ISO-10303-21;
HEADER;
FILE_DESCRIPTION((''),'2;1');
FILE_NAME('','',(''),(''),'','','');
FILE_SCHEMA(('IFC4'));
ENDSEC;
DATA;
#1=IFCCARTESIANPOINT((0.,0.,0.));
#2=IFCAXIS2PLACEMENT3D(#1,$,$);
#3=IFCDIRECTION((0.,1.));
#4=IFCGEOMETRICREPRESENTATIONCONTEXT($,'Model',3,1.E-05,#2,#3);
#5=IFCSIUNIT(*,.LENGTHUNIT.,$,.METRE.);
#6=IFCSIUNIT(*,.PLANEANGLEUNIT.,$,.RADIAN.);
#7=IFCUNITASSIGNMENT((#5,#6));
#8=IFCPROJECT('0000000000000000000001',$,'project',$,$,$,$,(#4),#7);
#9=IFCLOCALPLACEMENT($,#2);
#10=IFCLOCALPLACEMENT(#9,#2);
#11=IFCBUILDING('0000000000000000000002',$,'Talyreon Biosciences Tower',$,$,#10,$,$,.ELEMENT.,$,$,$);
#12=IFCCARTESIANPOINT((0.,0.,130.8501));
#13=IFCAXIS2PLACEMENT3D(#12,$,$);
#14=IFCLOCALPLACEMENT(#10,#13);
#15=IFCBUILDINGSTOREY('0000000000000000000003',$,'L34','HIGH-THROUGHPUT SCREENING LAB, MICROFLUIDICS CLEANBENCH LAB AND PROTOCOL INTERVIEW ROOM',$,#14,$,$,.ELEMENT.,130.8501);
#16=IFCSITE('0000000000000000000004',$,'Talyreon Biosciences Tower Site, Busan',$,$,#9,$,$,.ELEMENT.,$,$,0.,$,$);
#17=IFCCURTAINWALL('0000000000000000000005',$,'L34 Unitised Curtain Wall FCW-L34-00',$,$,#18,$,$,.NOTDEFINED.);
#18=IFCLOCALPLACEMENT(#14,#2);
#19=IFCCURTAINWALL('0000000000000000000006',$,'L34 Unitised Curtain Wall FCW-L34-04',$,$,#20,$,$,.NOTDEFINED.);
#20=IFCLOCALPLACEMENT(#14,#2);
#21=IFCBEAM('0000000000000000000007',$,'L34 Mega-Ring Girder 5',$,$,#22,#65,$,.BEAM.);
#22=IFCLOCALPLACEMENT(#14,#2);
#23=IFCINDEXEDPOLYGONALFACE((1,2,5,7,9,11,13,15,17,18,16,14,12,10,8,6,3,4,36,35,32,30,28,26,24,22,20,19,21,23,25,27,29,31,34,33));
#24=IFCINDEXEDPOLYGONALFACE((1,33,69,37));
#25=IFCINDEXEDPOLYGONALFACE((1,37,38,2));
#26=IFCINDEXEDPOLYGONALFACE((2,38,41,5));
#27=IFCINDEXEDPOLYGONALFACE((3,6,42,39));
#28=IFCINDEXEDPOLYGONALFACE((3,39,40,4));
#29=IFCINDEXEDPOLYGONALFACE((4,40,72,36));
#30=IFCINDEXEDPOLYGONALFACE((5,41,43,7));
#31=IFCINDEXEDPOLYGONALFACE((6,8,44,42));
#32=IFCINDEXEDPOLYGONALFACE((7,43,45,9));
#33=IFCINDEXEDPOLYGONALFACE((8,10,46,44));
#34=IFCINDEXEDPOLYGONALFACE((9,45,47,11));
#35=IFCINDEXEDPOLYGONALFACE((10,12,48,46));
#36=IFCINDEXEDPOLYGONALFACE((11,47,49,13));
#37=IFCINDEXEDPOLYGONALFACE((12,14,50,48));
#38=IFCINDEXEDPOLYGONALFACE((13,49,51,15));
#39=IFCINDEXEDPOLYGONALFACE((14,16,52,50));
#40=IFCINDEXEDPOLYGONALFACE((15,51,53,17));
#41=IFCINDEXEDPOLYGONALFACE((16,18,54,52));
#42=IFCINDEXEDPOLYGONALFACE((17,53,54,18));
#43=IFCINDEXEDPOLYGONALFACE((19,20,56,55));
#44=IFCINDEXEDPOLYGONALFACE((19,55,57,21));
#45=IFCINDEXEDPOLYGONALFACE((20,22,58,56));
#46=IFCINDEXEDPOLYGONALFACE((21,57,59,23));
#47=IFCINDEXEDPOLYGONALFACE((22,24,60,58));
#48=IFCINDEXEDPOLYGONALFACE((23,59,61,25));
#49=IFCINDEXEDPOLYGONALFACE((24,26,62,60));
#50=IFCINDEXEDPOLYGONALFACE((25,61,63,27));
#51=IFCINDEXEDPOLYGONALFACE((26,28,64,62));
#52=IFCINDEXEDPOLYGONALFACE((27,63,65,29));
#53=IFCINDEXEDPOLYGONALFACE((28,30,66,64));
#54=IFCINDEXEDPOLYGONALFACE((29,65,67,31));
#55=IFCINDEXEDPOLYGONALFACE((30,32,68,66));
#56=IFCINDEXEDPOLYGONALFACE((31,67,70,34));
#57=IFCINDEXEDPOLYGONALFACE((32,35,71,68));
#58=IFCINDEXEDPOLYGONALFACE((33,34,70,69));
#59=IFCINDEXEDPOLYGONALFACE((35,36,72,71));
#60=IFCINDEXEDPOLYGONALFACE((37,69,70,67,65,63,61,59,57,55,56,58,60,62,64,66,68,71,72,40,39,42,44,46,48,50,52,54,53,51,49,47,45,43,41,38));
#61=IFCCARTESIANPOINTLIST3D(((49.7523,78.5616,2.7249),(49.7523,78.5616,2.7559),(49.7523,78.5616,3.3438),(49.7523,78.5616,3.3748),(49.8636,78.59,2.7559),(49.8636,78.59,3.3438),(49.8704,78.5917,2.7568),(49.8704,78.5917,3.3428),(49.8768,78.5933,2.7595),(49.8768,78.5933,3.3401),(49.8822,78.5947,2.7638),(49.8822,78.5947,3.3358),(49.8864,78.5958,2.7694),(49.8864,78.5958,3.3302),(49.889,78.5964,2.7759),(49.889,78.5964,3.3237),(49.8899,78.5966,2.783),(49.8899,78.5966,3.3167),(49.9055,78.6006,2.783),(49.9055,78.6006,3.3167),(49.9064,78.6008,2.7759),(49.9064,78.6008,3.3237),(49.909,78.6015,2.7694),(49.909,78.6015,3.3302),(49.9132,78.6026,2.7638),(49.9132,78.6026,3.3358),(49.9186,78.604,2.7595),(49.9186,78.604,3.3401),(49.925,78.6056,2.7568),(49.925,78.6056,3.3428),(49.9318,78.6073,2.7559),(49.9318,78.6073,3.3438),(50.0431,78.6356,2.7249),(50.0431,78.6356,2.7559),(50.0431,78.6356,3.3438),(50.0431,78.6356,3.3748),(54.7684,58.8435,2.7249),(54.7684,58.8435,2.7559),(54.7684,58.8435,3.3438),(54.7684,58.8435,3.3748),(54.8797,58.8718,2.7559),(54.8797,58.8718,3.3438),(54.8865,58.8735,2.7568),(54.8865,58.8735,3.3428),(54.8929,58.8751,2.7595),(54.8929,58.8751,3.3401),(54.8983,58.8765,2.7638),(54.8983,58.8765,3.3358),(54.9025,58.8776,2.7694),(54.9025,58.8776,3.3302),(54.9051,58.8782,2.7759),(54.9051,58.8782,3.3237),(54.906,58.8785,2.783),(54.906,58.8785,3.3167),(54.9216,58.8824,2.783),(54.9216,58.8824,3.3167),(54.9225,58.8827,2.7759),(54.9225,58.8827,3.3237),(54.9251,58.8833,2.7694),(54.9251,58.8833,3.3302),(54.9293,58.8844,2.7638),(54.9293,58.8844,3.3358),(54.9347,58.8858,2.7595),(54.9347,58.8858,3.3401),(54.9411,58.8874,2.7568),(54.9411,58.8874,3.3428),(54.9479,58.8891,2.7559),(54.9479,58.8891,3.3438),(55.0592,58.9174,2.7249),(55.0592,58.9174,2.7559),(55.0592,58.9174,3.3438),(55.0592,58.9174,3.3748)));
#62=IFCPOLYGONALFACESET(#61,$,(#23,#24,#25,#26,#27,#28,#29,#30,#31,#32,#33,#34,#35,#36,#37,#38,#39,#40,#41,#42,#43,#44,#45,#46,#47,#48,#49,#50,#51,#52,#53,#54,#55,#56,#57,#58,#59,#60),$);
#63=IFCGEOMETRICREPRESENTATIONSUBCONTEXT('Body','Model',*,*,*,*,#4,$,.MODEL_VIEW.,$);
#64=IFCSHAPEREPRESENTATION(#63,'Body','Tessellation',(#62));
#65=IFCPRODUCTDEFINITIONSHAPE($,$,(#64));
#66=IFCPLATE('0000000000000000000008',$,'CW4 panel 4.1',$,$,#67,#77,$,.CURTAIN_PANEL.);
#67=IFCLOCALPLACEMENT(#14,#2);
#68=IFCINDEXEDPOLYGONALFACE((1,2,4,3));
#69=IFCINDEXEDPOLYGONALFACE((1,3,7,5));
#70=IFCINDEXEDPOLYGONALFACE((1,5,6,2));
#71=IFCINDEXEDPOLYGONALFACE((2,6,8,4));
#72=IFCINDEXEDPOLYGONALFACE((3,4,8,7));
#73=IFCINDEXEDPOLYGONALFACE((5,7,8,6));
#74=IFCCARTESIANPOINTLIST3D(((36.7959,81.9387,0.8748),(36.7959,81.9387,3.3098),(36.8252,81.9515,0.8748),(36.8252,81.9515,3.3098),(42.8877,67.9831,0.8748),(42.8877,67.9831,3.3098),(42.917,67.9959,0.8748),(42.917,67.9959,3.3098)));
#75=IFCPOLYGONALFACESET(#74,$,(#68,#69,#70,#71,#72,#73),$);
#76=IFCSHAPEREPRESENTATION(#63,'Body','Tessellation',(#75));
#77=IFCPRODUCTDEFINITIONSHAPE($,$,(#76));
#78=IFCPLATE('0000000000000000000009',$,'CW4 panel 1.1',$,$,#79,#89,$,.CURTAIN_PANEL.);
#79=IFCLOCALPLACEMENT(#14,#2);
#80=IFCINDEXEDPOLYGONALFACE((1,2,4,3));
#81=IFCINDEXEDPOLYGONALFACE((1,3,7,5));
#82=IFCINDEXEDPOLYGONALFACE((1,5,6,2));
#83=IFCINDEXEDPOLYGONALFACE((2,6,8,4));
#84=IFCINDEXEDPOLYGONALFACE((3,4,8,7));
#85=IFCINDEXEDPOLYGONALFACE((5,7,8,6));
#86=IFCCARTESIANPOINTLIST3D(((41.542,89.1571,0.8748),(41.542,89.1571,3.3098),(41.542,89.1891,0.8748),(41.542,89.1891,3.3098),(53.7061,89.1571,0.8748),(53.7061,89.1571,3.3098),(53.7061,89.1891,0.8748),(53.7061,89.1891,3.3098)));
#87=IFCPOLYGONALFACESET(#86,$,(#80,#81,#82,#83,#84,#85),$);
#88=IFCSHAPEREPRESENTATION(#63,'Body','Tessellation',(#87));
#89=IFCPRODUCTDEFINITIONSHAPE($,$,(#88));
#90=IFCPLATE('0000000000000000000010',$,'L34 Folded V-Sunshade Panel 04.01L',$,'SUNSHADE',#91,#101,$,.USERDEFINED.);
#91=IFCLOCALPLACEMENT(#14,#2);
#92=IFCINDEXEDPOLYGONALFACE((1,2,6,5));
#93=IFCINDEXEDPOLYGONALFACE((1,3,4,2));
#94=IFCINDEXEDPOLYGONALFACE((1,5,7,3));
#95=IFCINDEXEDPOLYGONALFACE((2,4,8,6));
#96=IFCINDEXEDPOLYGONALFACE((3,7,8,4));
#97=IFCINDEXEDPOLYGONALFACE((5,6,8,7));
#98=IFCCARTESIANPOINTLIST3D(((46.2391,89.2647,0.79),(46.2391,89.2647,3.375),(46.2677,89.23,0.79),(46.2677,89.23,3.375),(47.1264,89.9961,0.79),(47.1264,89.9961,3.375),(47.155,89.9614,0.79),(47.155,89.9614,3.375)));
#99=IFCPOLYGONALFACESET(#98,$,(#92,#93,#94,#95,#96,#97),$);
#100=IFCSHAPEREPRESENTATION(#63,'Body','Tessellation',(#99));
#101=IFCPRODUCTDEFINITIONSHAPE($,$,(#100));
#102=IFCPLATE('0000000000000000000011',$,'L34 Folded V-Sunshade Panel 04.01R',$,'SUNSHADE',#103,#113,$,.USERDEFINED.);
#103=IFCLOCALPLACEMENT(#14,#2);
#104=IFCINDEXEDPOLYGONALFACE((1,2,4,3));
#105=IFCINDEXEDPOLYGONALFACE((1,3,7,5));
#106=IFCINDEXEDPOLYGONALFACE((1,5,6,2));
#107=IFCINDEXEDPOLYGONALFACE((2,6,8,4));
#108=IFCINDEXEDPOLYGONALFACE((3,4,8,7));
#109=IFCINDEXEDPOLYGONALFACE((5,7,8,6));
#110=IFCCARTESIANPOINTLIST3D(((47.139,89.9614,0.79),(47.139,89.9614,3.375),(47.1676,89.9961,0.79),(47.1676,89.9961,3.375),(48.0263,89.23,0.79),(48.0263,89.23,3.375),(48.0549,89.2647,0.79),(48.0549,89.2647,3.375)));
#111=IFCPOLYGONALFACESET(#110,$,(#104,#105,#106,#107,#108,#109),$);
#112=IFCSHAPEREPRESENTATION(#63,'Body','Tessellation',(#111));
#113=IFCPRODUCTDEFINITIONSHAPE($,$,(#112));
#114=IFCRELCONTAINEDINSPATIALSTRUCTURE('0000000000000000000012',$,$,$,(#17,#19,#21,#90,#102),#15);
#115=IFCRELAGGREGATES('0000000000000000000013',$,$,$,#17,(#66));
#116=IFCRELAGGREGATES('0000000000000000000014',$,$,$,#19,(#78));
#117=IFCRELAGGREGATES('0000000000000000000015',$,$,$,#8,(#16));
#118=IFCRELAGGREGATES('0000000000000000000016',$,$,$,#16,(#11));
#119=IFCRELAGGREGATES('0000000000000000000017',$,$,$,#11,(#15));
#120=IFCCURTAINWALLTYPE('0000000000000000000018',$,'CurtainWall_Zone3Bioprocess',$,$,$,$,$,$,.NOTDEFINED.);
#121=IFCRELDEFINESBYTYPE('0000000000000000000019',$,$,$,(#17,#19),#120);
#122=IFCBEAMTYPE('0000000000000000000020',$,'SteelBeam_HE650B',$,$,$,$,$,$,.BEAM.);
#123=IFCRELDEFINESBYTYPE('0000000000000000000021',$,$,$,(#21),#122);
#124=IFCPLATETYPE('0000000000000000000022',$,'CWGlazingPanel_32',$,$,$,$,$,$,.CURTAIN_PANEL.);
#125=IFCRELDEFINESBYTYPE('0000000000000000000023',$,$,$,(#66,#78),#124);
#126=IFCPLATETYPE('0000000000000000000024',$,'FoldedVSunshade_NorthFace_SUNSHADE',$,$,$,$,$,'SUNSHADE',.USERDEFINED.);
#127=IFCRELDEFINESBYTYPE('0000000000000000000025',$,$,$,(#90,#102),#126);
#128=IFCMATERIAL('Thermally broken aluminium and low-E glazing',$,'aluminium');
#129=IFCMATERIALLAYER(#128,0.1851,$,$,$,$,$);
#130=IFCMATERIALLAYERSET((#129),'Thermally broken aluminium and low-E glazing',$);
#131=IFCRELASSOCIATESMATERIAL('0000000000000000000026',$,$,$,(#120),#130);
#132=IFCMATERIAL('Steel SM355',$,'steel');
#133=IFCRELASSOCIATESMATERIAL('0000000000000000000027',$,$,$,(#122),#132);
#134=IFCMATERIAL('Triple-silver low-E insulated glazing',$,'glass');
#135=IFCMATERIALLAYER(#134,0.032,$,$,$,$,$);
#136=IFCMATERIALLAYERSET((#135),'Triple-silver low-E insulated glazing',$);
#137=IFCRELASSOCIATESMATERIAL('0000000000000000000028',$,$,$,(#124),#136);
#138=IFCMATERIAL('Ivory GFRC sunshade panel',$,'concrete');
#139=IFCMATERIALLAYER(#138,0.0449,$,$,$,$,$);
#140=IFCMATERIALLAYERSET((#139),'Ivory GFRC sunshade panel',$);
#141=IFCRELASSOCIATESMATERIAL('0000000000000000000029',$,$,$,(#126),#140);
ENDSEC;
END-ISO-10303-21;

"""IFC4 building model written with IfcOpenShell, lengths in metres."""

from ifc_helpers import new_model, si_unit, direction, frame, origin, origin_2d, place, context, subcontext, project, spatial, rectangle, i_section, extrude, material, layer, layer_set, material_profile, profile_set, type_object, element, aggregate, save


model = new_model("IFC4")

# Units and contexts
model_context = context("Model", 3, precision=1e-05, world=origin(), true_north=direction((0.0, 1.0)))
body_context = subcontext(model_context, "Body", "Model", "MODEL_VIEW")
ifc_project = project(units=[si_unit("LENGTHUNIT", "METRE"), si_unit("PLANEANGLEUNIT", "RADIAN")], contexts=[model_context])

# Site, building, storey
site_placement = place(None, origin())
site = spatial("IfcSite", under=ifc_project, at=site_placement, Name="Talyreon Biosciences Tower Site, Busan", CompositionType="ELEMENT", RefElevation=0.0)
building_placement = place(site_placement, origin())
building = spatial("IfcBuilding", under=site, at=building_placement, Name="Talyreon Biosciences Tower", CompositionType="ELEMENT")
storey_placement = place(building_placement, frame((0.0, 0.0, 130.8501)))
storey = spatial("IfcBuildingStorey", under=building, at=storey_placement, Name="L34", Description="HIGH-THROUGHPUT SCREENING LAB, MICROFLUIDICS CLEANBENCH LAB AND PROTOCOL INTERVIEW ROOM", CompositionType="ELEMENT", Elevation=130.8501)

# Curtain wall
ifc_material_1 = material(Name="Thermally broken aluminium and low-E glazing", Category="aluminium")
ifc_layer_1 = layer(ifc_material_1, 0.1851)
ifc_layer_set_1 = layer_set([ifc_layer_1], Name="Thermally broken aluminium and low-E glazing")
curtain_wall_type = type_object("IfcCurtainWallType", Name="CurtainWall_Zone3Bioprocess", PredefinedType="NOTDEFINED", material=ifc_layer_set_1)
curtain_wall_1_placement = place(storey_placement, origin())
curtain_wall_1 = element("IfcCurtainWall", 1, at=curtain_wall_1_placement, inside=storey, type_object=curtain_wall_type, Name="L34 Unitised Curtain Wall FCW-L34-00", PredefinedType="NOTDEFINED")

# Curtain wall
curtain_wall_2_placement = place(storey_placement, origin())
curtain_wall_2 = element("IfcCurtainWall", 2, at=curtain_wall_2_placement, inside=storey, type_object=curtain_wall_type, Name="L34 Unitised Curtain Wall FCW-L34-04", PredefinedType="NOTDEFINED")

# Beam
ifc_material_2 = material(Name="Steel SM355", Category="steel")
ifc_material_profile_1 = material_profile(ifc_material_2, i_section(OverallWidth=0.3, OverallDepth=0.6499, WebThickness=0.0161, FlangeThickness=0.031, FilletRadius=0.0271, at=origin_2d()), Name="HE650B")
ifc_profile_set_1 = profile_set([ifc_material_profile_1], Name="Steel SM355")
beam_type_1 = type_object("IfcBeamType", Name="SteelBeam_HE650B", PredefinedType="BEAM", material=ifc_profile_set_1)
beam_1_placement = place(storey_placement, frame((49.8977, 78.5986, 3.0498), z_axis=(0.246537, -0.969133, 0.0), x_axis=(0.969133, 0.246537, 0.0)))
element("IfcBeam", 3, at=beam_1_placement, inside=storey, type_object=beam_type_1, Name="L34 Mega-Ring Girder 5", PredefinedType="BEAM", context=body_context, shape_type="SweptSolid", body=[
    extrude(i_section(OverallWidth=0.3, OverallDepth=0.6499, WebThickness=0.0161, FlangeThickness=0.031, FilletRadius=0.0271, at=origin_2d()), origin(), (0.0, 0.0, 1.0), 20.3462),
])

# Plates
ifc_material_3 = material(Name="Triple-silver low-E insulated glazing", Category="glass")
ifc_layer_2 = layer(ifc_material_3, 0.032)
ifc_layer_set_2 = layer_set([ifc_layer_2], Name="Triple-silver low-E insulated glazing")
plate_type_1 = type_object("IfcPlateType", Name="CWGlazingPanel_32", PredefinedType="CURTAIN_PANEL", material=ifc_layer_set_2)
plate_1_placement = place(storey_placement, frame((39.8564, 74.9673, 0.8748), z_axis=(0.0, 0.0, 1.0), x_axis=(-0.400058, 0.91649, 0.0)))
plate_1 = element("IfcPlate", 4, at=plate_1_placement, type_object=plate_type_1, Name="CW4 panel 4.1", PredefinedType="CURTAIN_PANEL", context=body_context, shape_type="SweptSolid", body=[
    extrude(rectangle(XDim=15.2273, YDim=0.032, at=origin_2d()), origin(), (0.0, 0.0, 1.0), 2.4351),
])
aggregate(curtain_wall_1, [plate_1])
plate_2_placement = place(storey_placement, frame((47.624, 89.1731, 0.8748), z_axis=(0.0, 0.0, 1.0), x_axis=(1.0, 0.0, 0.0)))
plate_2 = element("IfcPlate", 5, at=plate_2_placement, type_object=plate_type_1, Name="CW4 panel 1.1", PredefinedType="CURTAIN_PANEL", context=body_context, shape_type="SweptSolid", body=[
    extrude(rectangle(XDim=12.1641, YDim=0.032, at=origin_2d()), origin(), (0.0, 0.0, 1.0), 2.4351),
])
aggregate(curtain_wall_2, [plate_2])

# Plates
ifc_material_4 = material(Name="Ivory GFRC sunshade panel", Category="concrete")
ifc_layer_3 = layer(ifc_material_4, 0.0449)
ifc_layer_set_3 = layer_set([ifc_layer_3], Name="Ivory GFRC sunshade panel")
plate_type_2 = type_object("IfcPlateType", Name="FoldedVSunshade_NorthFace_SUNSHADE", ElementType="SUNSHADE", PredefinedType="USERDEFINED", material=ifc_layer_set_3)
for number, where, z_axis, x_axis, name in (
    (6, (46.697, 89.613, 0.79), (0.0, 0.0, 1.0), (0.771625, 0.636078, 0.0), "L34 Folded V-Sunshade Panel 04.01L"),
    (7, (47.5969, 89.613, 0.79), (0.0, 0.0, 1.0), (0.771625, -0.636078, 0.0), "L34 Folded V-Sunshade Panel 04.01R"),
):
    element("IfcPlate", number, at=place(storey_placement, frame(where, z_axis=z_axis, x_axis=x_axis)), inside=storey, type_object=plate_type_2, Name=name, ObjectType="SUNSHADE", PredefinedType="USERDEFINED", context=body_context, shape_type="SweptSolid", body=[
        extrude(rectangle(XDim=1.1499, YDim=0.0449, at=origin_2d()), origin(), (0.0, 0.0, 1.0), 2.585),
    ])

save(model, "model.ifc")
